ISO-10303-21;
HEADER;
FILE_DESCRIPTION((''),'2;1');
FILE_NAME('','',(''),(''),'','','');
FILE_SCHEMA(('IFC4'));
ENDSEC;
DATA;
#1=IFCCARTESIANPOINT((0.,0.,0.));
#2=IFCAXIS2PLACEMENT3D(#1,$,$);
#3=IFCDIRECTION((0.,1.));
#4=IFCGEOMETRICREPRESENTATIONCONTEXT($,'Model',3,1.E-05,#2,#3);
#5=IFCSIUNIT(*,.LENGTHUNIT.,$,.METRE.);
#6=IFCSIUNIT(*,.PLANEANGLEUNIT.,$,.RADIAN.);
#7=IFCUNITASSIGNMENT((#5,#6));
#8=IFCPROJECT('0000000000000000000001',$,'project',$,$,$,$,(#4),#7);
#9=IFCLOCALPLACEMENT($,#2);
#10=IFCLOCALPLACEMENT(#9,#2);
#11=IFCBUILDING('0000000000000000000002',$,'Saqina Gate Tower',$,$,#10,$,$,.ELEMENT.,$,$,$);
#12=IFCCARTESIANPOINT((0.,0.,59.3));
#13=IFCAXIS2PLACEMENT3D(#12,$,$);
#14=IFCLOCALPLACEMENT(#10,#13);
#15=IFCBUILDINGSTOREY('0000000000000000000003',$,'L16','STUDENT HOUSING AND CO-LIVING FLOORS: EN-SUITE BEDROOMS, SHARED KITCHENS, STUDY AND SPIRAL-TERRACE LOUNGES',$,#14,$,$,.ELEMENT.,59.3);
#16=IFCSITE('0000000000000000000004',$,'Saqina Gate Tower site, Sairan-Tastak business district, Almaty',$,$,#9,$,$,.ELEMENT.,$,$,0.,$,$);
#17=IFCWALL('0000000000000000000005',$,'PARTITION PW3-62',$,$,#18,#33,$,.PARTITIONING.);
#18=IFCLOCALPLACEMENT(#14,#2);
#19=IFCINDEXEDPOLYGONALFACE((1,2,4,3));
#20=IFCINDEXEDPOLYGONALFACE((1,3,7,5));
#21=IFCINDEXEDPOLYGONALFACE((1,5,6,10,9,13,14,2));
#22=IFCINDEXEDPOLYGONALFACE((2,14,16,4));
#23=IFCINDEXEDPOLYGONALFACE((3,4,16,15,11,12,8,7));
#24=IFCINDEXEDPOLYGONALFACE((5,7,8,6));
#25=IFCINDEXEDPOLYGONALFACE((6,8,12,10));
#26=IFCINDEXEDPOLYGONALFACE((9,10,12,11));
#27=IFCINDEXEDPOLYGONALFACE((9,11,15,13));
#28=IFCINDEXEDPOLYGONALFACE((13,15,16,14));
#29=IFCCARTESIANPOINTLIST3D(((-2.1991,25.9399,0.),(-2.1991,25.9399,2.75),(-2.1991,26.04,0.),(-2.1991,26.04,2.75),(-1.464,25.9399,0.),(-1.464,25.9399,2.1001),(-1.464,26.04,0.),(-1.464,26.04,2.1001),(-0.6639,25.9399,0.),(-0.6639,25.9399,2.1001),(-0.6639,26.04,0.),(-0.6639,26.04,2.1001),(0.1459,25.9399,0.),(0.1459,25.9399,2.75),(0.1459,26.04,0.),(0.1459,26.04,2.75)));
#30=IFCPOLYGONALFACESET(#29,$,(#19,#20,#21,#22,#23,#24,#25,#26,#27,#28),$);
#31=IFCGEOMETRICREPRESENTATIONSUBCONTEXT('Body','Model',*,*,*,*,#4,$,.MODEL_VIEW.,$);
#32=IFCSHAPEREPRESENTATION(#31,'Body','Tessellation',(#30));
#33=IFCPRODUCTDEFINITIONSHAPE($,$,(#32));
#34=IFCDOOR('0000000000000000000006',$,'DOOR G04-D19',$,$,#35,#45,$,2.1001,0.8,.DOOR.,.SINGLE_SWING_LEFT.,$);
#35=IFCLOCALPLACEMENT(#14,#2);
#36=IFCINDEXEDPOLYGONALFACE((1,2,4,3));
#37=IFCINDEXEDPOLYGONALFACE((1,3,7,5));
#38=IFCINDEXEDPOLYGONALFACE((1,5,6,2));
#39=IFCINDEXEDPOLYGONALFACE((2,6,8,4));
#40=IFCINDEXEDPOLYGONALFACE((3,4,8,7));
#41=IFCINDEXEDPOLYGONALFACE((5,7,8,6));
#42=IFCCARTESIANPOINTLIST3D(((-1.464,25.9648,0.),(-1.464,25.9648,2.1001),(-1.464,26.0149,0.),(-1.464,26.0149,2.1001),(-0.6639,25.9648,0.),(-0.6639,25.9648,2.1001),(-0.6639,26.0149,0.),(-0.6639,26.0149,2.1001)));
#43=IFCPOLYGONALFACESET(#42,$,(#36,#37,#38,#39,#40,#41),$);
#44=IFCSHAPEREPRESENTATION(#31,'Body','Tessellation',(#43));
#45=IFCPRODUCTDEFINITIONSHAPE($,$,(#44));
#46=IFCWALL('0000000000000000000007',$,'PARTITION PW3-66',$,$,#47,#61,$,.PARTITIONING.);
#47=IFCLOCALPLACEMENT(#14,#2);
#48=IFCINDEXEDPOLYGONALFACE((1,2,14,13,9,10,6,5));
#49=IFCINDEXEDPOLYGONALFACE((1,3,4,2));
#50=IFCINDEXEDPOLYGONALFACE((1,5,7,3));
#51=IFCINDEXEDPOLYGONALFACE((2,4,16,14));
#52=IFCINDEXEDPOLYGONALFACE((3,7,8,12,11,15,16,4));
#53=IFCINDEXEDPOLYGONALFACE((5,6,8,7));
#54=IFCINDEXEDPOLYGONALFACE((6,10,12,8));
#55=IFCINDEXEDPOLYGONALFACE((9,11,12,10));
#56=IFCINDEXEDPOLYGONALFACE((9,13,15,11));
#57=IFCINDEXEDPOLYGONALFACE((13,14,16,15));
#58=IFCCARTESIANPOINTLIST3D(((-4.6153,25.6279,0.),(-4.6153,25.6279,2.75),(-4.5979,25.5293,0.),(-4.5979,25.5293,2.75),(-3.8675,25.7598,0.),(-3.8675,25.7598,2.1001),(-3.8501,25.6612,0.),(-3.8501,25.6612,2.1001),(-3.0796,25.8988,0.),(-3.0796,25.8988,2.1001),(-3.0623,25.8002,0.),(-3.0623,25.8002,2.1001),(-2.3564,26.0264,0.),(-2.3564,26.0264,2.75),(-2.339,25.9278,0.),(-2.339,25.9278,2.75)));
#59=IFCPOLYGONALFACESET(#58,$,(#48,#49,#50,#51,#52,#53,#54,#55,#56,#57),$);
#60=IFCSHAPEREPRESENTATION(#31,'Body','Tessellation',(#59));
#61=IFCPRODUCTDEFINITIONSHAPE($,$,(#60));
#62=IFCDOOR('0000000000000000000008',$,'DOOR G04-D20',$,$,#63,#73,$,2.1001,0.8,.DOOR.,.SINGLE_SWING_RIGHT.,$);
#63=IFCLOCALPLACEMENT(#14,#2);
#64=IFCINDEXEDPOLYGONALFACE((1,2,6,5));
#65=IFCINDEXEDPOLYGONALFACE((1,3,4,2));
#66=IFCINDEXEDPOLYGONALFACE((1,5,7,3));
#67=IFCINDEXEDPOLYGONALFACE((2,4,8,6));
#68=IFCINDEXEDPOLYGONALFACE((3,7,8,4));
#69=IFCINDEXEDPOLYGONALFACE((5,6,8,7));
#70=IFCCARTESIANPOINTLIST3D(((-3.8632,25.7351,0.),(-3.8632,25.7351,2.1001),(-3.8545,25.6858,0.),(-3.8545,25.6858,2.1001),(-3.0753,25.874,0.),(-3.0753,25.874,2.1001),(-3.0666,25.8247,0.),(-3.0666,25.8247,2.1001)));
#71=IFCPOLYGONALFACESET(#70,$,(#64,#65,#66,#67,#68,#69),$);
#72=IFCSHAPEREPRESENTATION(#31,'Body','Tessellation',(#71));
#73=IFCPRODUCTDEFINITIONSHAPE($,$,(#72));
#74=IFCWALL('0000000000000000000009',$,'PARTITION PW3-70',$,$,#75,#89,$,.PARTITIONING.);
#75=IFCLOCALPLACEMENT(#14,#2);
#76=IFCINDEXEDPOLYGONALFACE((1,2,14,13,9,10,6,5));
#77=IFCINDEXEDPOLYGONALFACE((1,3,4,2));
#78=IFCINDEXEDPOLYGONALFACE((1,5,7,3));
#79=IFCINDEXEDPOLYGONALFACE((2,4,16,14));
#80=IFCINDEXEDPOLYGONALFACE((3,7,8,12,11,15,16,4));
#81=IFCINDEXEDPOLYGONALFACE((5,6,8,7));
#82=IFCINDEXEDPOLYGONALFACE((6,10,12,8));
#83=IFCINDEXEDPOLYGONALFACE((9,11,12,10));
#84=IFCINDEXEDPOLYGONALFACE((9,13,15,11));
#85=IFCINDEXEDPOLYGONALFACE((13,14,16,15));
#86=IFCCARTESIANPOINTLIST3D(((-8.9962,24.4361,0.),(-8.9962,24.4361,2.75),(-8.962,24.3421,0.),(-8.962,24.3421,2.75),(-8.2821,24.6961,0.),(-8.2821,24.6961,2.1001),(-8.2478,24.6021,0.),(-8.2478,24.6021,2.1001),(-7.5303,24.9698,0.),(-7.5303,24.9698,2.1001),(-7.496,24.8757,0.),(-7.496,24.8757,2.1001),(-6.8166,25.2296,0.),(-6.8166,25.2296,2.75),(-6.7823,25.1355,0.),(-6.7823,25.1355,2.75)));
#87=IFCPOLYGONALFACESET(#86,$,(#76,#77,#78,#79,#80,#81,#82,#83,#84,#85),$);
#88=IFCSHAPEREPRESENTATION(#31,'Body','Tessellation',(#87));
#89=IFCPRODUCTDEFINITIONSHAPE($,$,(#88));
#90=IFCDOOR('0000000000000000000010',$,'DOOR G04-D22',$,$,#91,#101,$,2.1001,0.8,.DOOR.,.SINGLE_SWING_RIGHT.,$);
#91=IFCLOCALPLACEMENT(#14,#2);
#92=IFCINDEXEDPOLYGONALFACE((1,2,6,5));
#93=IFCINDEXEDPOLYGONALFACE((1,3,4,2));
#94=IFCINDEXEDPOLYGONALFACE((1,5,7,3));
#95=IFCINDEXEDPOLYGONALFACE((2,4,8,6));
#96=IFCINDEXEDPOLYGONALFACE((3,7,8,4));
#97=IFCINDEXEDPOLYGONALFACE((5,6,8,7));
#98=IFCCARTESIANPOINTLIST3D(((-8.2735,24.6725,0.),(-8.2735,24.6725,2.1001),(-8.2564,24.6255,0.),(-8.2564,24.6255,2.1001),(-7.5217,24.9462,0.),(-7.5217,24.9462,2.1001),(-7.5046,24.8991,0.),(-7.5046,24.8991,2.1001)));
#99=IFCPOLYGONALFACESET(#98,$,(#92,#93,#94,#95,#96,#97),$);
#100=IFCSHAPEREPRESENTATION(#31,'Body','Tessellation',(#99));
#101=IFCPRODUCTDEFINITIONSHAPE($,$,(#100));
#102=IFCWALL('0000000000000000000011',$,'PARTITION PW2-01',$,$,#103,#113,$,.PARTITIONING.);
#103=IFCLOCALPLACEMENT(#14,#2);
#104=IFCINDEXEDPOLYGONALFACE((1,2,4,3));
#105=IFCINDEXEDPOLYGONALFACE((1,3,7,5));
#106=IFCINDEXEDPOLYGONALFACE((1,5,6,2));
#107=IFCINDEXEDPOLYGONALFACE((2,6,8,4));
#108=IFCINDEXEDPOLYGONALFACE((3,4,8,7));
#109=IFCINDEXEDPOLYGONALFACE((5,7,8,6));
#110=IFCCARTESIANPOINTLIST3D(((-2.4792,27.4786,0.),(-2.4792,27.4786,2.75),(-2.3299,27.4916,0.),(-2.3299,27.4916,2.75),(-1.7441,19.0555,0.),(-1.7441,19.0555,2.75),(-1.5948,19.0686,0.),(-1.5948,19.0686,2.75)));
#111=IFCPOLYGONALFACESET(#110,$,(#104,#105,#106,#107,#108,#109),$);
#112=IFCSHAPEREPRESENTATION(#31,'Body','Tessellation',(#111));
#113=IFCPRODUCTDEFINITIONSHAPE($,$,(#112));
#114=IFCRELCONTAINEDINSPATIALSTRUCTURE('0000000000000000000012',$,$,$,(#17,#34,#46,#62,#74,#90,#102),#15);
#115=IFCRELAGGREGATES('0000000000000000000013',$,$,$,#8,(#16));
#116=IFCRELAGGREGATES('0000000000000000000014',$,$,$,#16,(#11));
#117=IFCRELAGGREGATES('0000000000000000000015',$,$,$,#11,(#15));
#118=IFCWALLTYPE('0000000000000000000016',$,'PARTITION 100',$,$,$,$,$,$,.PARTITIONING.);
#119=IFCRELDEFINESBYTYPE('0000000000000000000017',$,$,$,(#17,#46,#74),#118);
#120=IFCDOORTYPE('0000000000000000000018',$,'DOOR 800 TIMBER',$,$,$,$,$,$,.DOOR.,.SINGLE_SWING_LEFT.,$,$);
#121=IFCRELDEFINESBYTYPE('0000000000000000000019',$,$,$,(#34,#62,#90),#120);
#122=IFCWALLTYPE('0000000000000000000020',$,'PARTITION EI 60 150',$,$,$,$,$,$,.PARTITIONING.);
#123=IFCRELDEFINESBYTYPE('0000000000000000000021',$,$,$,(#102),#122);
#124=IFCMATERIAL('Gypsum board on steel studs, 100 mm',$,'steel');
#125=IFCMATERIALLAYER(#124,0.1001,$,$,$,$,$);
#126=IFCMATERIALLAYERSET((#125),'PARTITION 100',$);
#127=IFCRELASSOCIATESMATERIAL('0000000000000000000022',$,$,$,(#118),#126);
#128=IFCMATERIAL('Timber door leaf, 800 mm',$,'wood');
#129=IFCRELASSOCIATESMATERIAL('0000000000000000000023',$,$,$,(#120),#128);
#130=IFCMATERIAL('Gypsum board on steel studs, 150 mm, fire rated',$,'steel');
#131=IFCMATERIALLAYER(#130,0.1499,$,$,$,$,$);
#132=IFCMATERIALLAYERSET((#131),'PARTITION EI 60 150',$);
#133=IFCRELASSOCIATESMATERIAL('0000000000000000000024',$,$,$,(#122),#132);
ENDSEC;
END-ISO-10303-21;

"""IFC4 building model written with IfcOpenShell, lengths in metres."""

from ifc_helpers import new_model, si_unit, direction, frame, frame_2d, origin, place, context, subcontext, project, spatial, rectangle, extrude, material, layer, layer_set, type_object, element, fill, save


model = new_model("IFC4")

# Units and contexts
model_context = context("Model", 3, precision=1e-05, world=origin(), true_north=direction((0.0, 1.0)))
body_context = subcontext(model_context, "Body", "Model", "MODEL_VIEW")
ifc_project = project(units=[si_unit("LENGTHUNIT", "METRE"), si_unit("PLANEANGLEUNIT", "RADIAN")], contexts=[model_context])

# Site, building, storey
site_placement = place(None, origin())
site = spatial("IfcSite", under=ifc_project, at=site_placement, Name="Saqina Gate Tower site, Sairan-Tastak business district, Almaty", CompositionType="ELEMENT", RefElevation=0.0)
building_placement = place(site_placement, origin())
building = spatial("IfcBuilding", under=site, at=building_placement, Name="Saqina Gate Tower", CompositionType="ELEMENT")
storey_placement = place(building_placement, frame((0.0, 0.0, 59.3)))
storey = spatial("IfcBuildingStorey", under=building, at=storey_placement, Name="L16", Description="STUDENT HOUSING AND CO-LIVING FLOORS: EN-SUITE BEDROOMS, SHARED KITCHENS, STUDY AND SPIRAL-TERRACE LOUNGES", CompositionType="ELEMENT", Elevation=59.3)

# Shared definitions
ifc_material_1 = material(Name="Gypsum board on steel studs, 100 mm", Category="steel")
ifc_layer_1 = layer(ifc_material_1, 0.1001)
ifc_layer_set_1 = layer_set([ifc_layer_1], Name="PARTITION 100")
wall_type_1 = type_object("IfcWallType", Name="PARTITION 100", PredefinedType="PARTITIONING", material=ifc_layer_set_1)

# Walls, openings, doors
wall_1_placement = place(storey_placement, frame((-2.199, 25.99, 0.0), z_axis=(0.0, 0.0, 1.0), x_axis=(1.0, 0.0, 0.0)))
wall_1 = element("IfcWall", 1, at=wall_1_placement, inside=storey, type_object=wall_type_1, Name="PARTITION PW3-62", PredefinedType="PARTITIONING", context=body_context, shape_type="SweptSolid", body=[
    extrude(rectangle(XDim=2.345, YDim=0.1001, at=frame_2d((1.1724, 0.0))), origin(), (0.0, 0.0, 1.0), 2.75),
])
opening_1_placement = place(wall_1_placement, frame((0.7351, 0.0, 0.0)))
opening_1 = element("IfcOpeningElement", 2, at=opening_1_placement, cuts=wall_1, PredefinedType="OPENING", context=body_context, shape_type="SweptSolid", body=[
    extrude(rectangle(XDim=0.8, YDim=2.1001, at=frame_2d((0.3999, 1.05))), frame((0.0, 0.062, 0.0), z_axis=(0.0, -1.0, 0.0), x_axis=(1.0, 0.0, 0.0)), (0.0, 0.0, 1.0), 0.124),
])
ifc_material_2 = material(Name="Timber door leaf, 800 mm", Category="wood")
door_type = type_object("IfcDoorType", Name="DOOR 800 TIMBER", OperationType="SINGLE_SWING_LEFT", PredefinedType="DOOR", material=ifc_material_2)
door_1_placement = place(opening_1_placement, origin())
door_1 = element("IfcDoor", 3, at=door_1_placement, inside=storey, type_object=door_type, Name="DOOR G04-D19", OperationType="SINGLE_SWING_LEFT", OverallHeight=2.1001, OverallWidth=0.8, PredefinedType="DOOR", context=body_context, shape_type="SweptSolid", body=[
    extrude(rectangle(XDim=0.8, YDim=2.1001, at=frame_2d((0.3999, 1.05))), frame((0.0, 0.0249, 0.0), z_axis=(0.0, -1.0, 0.0), x_axis=(1.0, 0.0, 0.0)), (0.0, 0.0, 1.0), 0.05),
])
fill(opening_1, door_1)
wall_2_placement = place(storey_placement, frame((-4.6067, 25.5786, 0.0), z_axis=(0.0, 0.0, 1.0), x_axis=(0.984796, 0.173712, 0.0)))
wall_2 = element("IfcWall", 4, at=wall_2_placement, inside=storey, type_object=wall_type_1, Name="PARTITION PW3-66", PredefinedType="PARTITIONING", context=body_context, shape_type="SweptSolid", body=[
    extrude(rectangle(XDim=2.2937, YDim=0.1001, at=frame_2d((1.147, 0.0))), origin(), (0.0, 0.0, 1.0), 2.75),
])
opening_2_placement = place(wall_2_placement, frame((0.7595, 0.0, 0.0)))
opening_2 = element("IfcOpeningElement", 5, at=opening_2_placement, cuts=wall_2, PredefinedType="OPENING", context=body_context, shape_type="SweptSolid", body=[
    extrude(rectangle(XDim=0.8, YDim=2.1001, at=frame_2d((0.3999, 1.05))), frame((0.0, 0.062, 0.0), z_axis=(0.0, -1.0, 0.0), x_axis=(1.0, 0.0, 0.0)), (0.0, 0.0, 1.0), 0.124),
])
door_2_placement = place(opening_2_placement, origin())
door_2 = element("IfcDoor", 6, at=door_2_placement, inside=storey, type_object=door_type, Name="DOOR G04-D20", OperationType="SINGLE_SWING_RIGHT", OverallHeight=2.1001, OverallWidth=0.8, PredefinedType="DOOR", context=body_context, shape_type="SweptSolid", body=[
    extrude(rectangle(XDim=0.8, YDim=2.1001, at=frame_2d((0.3999, 1.05))), frame((0.0, 0.0249, 0.0), z_axis=(0.0, -1.0, 0.0), x_axis=(1.0, 0.0, 0.0)), (0.0, 0.0, 1.0), 0.05),
])
fill(opening_2, door_2)
wall_3_placement = place(storey_placement, frame((-8.979, 24.3892, 0.0), z_axis=(0.0, 0.0, 1.0), x_axis=(0.939677, 0.342064, 0.0)))
wall_3 = element("IfcWall", 7, at=wall_3_placement, inside=storey, type_object=wall_type_1, Name="PARTITION PW3-70", PredefinedType="PARTITIONING", context=body_context, shape_type="SweptSolid", body=[
    extrude(rectangle(XDim=2.3196, YDim=0.1001, at=frame_2d((1.1597, 0.0))), origin(), (0.0, 0.0, 1.0), 2.75),
])
opening_3_placement = place(wall_3_placement, frame((0.76, 0.0, 0.0)))
opening_3 = element("IfcOpeningElement", 8, at=opening_3_placement, cuts=wall_3, PredefinedType="OPENING", context=body_context, shape_type="SweptSolid", body=[
    extrude(rectangle(XDim=0.8, YDim=2.1001, at=frame_2d((0.3999, 1.05))), frame((0.0, 0.062, 0.0), z_axis=(0.0, -1.0, 0.0), x_axis=(1.0, 0.0, 0.0)), (0.0, 0.0, 1.0), 0.124),
])
door_3_placement = place(opening_3_placement, origin())
door_3 = element("IfcDoor", 9, at=door_3_placement, inside=storey, type_object=door_type, Name="DOOR G04-D22", OperationType="SINGLE_SWING_RIGHT", OverallHeight=2.1001, OverallWidth=0.8, PredefinedType="DOOR", context=body_context, shape_type="SweptSolid", body=[
    extrude(rectangle(XDim=0.8, YDim=2.1001, at=frame_2d((0.3999, 1.05))), frame((0.0, 0.0249, 0.0), z_axis=(0.0, -1.0, 0.0), x_axis=(1.0, 0.0, 0.0)), (0.0, 0.0, 1.0), 0.05),
])
fill(opening_3, door_3)

# Wall
ifc_material_3 = material(Name="Gypsum board on steel studs, 150 mm, fire rated", Category="steel")
ifc_layer_2 = layer(ifc_material_3, 0.1499)
ifc_layer_set_2 = layer_set([ifc_layer_2], Name="PARTITION EI 60 150")
wall_type_2 = type_object("IfcWallType", Name="PARTITION EI 60 150", PredefinedType="PARTITIONING", material=ifc_layer_set_2)
wall_4_placement = place(storey_placement, frame((-2.4045, 27.4851, 0.0), z_axis=(0.0, 0.0, 1.0), x_axis=(0.086942, -0.996213, 0.0)))
element("IfcWall", 10, at=wall_4_placement, inside=storey, type_object=wall_type_2, Name="PARTITION PW2-01", PredefinedType="PARTITIONING", context=body_context, shape_type="SweptSolid", body=[
    extrude(rectangle(XDim=8.4551, YDim=0.1499, at=frame_2d((4.2275, 0.0))), origin(), (0.0, 0.0, 1.0), 2.75),
])

save(model, "model.ifc")
